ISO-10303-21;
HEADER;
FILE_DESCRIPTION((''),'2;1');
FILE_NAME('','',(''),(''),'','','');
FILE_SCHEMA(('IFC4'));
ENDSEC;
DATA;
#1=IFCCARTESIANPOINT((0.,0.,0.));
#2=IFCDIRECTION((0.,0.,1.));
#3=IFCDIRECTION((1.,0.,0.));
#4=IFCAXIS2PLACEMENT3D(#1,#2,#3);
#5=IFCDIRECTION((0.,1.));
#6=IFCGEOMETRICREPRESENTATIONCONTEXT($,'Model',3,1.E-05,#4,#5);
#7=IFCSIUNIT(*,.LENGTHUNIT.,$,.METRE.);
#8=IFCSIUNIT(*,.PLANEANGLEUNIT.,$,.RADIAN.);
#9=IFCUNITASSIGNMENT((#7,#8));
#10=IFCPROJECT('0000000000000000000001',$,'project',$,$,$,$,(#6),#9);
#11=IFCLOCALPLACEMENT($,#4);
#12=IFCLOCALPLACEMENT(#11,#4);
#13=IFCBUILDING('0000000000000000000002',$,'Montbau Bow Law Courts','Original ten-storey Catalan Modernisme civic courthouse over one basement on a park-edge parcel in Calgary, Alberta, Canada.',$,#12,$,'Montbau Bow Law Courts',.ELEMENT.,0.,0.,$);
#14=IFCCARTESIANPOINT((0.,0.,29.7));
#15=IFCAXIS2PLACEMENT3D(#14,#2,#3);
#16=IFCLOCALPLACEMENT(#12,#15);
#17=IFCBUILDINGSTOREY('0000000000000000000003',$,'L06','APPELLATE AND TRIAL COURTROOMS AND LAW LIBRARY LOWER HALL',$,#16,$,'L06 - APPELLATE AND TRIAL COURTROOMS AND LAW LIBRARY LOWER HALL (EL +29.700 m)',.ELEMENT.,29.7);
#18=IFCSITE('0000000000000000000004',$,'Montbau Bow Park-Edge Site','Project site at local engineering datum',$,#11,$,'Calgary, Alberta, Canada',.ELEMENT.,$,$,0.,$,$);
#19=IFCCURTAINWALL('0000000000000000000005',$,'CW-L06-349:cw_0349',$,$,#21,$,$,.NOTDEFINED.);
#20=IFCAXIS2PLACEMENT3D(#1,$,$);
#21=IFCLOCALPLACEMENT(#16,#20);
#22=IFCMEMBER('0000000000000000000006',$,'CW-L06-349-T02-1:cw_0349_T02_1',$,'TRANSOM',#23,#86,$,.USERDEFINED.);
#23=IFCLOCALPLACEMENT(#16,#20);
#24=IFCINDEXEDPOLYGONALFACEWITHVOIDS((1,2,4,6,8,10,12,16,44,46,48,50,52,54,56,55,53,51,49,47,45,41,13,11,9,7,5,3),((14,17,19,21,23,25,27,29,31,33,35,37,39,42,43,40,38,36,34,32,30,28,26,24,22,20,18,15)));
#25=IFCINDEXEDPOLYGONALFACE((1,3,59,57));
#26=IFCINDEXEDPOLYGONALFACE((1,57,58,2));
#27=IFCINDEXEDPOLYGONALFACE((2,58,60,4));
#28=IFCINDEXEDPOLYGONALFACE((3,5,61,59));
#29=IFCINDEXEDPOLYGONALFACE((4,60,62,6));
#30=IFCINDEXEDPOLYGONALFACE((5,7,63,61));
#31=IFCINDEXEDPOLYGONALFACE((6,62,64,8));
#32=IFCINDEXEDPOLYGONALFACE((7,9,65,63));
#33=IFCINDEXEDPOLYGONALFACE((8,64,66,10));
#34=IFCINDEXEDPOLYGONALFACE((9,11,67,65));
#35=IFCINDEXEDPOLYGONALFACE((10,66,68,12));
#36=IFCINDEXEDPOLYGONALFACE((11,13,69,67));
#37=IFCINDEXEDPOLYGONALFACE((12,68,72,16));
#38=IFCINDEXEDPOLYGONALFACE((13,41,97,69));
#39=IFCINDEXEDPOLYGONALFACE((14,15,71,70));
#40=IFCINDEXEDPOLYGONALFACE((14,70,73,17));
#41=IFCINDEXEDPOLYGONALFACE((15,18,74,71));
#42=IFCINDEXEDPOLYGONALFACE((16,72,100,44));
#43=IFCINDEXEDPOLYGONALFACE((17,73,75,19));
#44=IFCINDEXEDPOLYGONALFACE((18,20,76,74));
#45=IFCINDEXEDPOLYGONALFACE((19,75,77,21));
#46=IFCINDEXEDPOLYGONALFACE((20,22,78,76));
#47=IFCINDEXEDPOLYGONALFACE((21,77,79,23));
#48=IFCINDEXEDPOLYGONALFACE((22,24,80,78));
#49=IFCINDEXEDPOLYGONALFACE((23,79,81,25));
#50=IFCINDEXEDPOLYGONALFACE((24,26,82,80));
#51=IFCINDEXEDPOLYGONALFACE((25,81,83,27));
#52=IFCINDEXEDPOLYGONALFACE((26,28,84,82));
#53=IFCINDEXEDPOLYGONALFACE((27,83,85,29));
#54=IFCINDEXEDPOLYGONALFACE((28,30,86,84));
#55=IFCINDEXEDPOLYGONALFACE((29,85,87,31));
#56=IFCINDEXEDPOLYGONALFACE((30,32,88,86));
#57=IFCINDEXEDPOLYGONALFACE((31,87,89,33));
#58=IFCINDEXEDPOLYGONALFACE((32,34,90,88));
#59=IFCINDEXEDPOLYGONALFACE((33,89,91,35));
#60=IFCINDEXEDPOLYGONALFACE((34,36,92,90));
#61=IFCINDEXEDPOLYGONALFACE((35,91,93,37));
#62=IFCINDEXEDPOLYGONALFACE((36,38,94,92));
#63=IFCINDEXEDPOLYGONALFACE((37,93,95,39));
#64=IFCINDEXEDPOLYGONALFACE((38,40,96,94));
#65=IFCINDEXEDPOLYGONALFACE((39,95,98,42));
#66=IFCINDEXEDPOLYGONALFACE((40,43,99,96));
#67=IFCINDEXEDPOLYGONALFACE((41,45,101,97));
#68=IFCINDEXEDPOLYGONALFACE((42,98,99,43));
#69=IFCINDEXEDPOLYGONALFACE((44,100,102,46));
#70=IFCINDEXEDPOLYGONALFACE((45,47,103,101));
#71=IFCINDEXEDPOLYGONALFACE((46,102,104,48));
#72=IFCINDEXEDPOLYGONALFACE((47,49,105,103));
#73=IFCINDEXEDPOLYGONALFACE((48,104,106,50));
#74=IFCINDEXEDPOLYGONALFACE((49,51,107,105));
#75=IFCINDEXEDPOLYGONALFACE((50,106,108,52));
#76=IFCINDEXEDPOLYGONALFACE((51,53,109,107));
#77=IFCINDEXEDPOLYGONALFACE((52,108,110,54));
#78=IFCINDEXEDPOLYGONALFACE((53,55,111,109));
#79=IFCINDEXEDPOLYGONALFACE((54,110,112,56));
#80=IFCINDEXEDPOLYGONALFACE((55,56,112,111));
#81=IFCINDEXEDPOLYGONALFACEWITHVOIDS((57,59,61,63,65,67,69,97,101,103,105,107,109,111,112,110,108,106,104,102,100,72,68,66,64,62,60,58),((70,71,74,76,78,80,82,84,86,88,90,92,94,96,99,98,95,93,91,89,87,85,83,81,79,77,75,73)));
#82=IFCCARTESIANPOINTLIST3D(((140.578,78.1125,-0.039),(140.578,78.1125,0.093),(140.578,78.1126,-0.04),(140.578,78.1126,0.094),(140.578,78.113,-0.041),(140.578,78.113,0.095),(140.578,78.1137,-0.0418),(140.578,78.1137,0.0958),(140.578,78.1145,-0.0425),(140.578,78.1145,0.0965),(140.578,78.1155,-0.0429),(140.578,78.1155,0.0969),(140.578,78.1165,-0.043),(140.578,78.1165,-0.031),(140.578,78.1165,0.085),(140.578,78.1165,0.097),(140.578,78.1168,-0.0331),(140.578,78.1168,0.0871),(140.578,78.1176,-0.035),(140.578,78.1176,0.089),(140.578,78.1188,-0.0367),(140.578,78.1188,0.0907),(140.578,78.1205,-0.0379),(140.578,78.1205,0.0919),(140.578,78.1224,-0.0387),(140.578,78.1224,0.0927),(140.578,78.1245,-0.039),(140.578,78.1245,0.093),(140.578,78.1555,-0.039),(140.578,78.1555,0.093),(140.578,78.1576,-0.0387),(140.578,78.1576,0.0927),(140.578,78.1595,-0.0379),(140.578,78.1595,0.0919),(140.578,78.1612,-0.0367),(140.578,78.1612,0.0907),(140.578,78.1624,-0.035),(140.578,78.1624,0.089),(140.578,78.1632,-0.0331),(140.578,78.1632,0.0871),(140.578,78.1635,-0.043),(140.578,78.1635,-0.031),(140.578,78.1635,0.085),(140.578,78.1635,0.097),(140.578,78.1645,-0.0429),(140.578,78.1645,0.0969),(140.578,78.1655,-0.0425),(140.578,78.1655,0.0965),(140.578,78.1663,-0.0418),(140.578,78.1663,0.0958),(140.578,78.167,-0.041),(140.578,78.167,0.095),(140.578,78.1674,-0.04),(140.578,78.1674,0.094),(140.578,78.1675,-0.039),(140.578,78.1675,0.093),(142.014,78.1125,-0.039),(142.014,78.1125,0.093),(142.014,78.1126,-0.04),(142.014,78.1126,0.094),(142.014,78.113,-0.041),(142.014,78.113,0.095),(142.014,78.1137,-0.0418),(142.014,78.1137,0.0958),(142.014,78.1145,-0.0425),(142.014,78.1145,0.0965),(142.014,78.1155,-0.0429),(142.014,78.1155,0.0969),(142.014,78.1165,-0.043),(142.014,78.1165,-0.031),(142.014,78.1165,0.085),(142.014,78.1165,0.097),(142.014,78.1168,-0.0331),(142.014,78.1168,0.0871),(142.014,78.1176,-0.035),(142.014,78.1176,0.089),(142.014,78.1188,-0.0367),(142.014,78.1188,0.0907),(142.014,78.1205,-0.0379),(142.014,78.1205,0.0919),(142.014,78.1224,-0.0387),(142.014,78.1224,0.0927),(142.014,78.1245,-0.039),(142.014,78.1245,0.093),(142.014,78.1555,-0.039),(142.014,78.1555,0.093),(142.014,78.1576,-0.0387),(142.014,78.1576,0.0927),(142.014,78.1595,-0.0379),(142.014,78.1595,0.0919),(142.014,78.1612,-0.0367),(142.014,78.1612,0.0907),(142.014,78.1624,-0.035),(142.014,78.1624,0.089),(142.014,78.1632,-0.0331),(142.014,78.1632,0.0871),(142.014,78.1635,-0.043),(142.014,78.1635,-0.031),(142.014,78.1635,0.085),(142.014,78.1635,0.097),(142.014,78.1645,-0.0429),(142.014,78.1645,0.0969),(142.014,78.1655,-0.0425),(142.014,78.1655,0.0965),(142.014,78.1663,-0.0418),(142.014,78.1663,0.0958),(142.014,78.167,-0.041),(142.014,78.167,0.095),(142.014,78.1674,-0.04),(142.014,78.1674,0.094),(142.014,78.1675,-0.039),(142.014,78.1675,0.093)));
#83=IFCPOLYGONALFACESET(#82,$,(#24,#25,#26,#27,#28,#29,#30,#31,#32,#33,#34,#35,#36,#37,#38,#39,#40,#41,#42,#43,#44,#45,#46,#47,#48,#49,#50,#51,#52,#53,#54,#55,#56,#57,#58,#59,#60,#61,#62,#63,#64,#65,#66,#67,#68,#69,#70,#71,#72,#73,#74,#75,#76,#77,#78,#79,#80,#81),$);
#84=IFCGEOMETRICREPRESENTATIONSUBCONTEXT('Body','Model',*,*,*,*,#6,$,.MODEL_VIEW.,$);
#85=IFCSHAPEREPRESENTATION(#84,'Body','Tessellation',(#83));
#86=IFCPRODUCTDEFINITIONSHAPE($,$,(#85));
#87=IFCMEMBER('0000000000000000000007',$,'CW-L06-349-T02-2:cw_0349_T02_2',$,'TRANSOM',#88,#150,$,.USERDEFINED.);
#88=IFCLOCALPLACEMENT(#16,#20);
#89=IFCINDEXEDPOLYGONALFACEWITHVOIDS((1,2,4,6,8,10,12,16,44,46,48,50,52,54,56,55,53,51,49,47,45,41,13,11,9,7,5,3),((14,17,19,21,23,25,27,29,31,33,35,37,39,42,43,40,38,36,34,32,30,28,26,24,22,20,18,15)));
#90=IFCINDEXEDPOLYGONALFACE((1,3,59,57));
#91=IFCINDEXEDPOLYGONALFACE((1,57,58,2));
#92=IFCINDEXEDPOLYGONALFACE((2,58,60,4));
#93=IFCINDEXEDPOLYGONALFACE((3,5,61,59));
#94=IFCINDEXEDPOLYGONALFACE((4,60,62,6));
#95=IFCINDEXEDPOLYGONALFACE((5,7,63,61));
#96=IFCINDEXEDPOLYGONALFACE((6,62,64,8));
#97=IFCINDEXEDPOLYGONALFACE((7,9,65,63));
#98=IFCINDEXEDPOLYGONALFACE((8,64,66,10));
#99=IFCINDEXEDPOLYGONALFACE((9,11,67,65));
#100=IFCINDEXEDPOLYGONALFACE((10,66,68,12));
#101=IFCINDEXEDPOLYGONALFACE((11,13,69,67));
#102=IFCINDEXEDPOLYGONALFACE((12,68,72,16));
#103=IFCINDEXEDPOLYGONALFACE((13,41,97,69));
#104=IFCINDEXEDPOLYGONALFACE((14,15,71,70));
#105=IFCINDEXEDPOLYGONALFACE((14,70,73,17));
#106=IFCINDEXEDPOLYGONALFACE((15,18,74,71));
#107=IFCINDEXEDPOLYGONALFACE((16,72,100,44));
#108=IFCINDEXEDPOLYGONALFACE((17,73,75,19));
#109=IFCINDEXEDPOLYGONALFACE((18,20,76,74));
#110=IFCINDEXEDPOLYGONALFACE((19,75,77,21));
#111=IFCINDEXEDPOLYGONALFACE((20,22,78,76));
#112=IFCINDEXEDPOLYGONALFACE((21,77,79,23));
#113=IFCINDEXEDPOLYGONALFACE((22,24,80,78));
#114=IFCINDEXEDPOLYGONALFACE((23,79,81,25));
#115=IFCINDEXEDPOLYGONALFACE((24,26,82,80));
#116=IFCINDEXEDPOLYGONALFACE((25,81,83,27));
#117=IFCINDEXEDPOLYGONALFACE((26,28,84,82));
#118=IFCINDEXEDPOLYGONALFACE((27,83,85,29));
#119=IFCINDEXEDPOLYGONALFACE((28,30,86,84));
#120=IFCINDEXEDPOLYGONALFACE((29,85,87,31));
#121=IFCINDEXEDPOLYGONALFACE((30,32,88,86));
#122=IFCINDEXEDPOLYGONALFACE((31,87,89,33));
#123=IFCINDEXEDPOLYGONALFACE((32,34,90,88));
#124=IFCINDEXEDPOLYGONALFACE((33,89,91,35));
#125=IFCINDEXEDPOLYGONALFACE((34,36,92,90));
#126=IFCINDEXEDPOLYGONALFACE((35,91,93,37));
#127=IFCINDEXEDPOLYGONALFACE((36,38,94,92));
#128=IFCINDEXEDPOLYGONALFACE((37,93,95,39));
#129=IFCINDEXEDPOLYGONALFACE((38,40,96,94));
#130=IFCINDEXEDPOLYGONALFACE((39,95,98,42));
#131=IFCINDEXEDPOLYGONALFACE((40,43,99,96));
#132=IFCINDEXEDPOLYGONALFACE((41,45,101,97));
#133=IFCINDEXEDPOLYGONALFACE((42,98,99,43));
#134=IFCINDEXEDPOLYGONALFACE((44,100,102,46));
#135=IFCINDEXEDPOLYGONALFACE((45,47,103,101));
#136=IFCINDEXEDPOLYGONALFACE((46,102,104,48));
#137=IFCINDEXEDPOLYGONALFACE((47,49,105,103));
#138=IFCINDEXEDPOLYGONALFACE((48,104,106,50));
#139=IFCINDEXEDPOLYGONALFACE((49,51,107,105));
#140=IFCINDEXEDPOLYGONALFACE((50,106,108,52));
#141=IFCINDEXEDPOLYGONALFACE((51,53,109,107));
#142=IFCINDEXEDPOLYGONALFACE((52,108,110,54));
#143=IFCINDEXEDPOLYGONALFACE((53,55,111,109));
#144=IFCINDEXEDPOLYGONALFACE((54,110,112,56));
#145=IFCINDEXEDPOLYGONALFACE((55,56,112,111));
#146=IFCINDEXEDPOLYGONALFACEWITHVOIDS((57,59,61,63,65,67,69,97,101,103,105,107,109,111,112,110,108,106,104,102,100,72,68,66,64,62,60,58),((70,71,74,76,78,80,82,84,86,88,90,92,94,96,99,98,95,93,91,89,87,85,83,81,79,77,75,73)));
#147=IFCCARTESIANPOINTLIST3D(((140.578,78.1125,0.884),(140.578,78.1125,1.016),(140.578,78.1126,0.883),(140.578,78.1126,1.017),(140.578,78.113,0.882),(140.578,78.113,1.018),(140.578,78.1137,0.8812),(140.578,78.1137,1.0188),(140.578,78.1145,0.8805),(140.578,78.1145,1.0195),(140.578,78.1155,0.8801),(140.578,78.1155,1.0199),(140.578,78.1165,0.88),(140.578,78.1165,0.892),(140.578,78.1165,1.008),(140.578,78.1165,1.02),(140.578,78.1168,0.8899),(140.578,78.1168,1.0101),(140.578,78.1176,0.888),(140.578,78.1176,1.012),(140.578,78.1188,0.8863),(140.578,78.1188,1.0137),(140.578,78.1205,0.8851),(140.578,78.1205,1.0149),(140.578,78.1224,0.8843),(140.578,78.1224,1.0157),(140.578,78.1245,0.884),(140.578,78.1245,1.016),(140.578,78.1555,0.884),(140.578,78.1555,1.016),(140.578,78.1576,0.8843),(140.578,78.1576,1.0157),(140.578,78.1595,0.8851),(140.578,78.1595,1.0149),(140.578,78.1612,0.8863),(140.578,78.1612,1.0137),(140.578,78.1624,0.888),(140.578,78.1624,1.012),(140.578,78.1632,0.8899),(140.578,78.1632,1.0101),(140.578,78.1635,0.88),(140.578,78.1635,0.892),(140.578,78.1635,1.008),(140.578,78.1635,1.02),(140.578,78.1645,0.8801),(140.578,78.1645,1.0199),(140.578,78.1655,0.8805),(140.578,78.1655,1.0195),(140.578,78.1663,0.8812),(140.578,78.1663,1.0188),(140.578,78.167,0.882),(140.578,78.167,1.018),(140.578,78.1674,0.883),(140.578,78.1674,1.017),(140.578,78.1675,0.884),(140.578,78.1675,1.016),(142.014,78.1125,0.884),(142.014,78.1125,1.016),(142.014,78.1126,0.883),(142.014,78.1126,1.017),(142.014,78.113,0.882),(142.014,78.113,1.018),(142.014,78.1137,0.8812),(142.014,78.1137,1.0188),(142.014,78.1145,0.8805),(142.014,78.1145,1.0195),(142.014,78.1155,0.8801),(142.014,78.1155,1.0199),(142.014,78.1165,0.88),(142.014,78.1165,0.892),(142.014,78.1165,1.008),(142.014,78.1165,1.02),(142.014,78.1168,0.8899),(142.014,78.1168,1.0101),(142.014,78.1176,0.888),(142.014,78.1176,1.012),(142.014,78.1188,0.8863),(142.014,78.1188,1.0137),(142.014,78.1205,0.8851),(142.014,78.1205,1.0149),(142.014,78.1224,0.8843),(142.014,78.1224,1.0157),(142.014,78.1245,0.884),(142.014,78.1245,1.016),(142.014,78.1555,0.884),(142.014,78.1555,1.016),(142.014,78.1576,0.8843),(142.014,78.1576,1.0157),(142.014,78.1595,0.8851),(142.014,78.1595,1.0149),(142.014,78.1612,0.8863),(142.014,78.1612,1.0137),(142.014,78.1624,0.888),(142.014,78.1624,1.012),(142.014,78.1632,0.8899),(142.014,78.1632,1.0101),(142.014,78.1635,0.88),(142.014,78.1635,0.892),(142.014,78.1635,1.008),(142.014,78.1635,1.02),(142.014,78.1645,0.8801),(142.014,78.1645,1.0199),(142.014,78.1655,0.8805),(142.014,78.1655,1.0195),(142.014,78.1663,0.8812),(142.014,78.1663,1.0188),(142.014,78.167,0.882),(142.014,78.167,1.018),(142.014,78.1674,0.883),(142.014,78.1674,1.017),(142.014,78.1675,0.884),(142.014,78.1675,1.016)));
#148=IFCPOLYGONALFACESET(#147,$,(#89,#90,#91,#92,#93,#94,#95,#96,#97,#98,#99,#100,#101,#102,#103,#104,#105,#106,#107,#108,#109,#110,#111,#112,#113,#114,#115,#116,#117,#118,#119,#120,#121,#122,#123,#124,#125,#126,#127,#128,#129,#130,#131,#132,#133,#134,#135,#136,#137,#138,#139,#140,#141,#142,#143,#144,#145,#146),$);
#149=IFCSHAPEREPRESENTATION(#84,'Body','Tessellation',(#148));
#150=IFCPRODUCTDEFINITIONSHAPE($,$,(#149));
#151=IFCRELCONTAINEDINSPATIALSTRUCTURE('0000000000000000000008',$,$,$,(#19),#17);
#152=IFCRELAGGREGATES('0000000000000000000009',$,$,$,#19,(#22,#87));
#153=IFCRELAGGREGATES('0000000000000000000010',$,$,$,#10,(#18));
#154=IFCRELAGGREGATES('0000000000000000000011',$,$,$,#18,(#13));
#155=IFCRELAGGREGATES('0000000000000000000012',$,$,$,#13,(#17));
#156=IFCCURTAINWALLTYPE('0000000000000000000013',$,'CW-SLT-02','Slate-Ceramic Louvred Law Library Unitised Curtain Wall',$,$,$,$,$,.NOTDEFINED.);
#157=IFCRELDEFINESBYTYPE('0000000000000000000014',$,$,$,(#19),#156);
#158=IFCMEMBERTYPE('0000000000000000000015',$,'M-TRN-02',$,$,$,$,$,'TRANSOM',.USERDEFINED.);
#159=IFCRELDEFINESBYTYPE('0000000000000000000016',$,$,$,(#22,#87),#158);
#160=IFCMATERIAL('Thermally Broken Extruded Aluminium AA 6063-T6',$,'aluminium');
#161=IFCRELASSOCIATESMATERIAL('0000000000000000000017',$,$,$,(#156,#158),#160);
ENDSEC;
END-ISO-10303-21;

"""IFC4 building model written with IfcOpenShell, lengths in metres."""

from ifc_helpers import new_model, si_unit, direction, frame, origin_with_axes, origin_2d_with_axis, place, context, subcontext, project, spatial, hollow_rectangle, extrude, material, material_profile, profile_set, type_object, element, aggregate, save


model = new_model("IFC4")

# Units and contexts
model_context = context("Model", 3, precision=1e-05, world=origin_with_axes(), true_north=direction((0.0, 1.0)))
body_context = subcontext(model_context, "Body", "Model", "MODEL_VIEW")
ifc_project = project(units=[si_unit("LENGTHUNIT", "METRE"), si_unit("PLANEANGLEUNIT", "RADIAN")], contexts=[model_context])

# Site, building, storey
site_placement = place(None, origin_with_axes())
site = spatial("IfcSite", under=ifc_project, at=site_placement, Name="Montbau Bow Park-Edge Site", Description="Project site at local engineering datum", LongName="Calgary, Alberta, Canada", CompositionType="ELEMENT", RefElevation=0.0)
building_placement = place(site_placement, origin_with_axes())
building = spatial("IfcBuilding", under=site, at=building_placement, Name="Montbau Bow Law Courts", Description="Original ten-storey Catalan Modernisme civic courthouse over one basement on a park-edge parcel in Calgary, Alberta, Canada.", LongName="Montbau Bow Law Courts", CompositionType="ELEMENT", ElevationOfRefHeight=0.0, ElevationOfTerrain=0.0)
storey_placement = place(building_placement, frame((0.0, 0.0, 29.7), z_axis=(0.0, 0.0, 1.0), x_axis=(1.0, 0.0, 0.0)))
storey = spatial("IfcBuildingStorey", under=building, at=storey_placement, Name="L06", Description="APPELLATE AND TRIAL COURTROOMS AND LAW LIBRARY LOWER HALL", LongName="L06 - APPELLATE AND TRIAL COURTROOMS AND LAW LIBRARY LOWER HALL (EL +29.700 m)", CompositionType="ELEMENT", Elevation=29.7)

# Curtain wall, members
ifc_material_1 = material(Name="Thermally Broken Extruded Aluminium AA 6063-T6", Category="aluminium")
curtain_wall_type = type_object("IfcCurtainWallType", Name="CW-SLT-02", Description="Slate-Ceramic Louvred Law Library Unitised Curtain Wall", PredefinedType="NOTDEFINED", material=ifc_material_1)
curtain_wall_placement = place(None, frame((139.04, 78.14, 29.7), z_axis=(0.0, 0.0, 1.0), x_axis=(1.0, 0.0, 0.0)))
curtain_wall = element("IfcCurtainWall", 1, at=curtain_wall_placement, inside=storey, type_object=curtain_wall_type, Name="CW-L06-349:cw_0349", PredefinedType="NOTDEFINED")
ifc_material_profile_1 = material_profile(ifc_material_1, hollow_rectangle(XDim=0.055, YDim=0.14, WallThickness=0.004, InnerFilletRadius=0.008, OuterFilletRadius=0.004, at=origin_2d_with_axis()), Name="CWT-140X55", Category="Main", Priority=0)
ifc_profile_set_1 = profile_set([ifc_material_profile_1], Name="Thermally Broken Extruded Aluminium AA 6063-T6")
member_type_1 = type_object("IfcMemberType", Name="M-TRN-02", ElementType="TRANSOM", PredefinedType="USERDEFINED", material=ifc_profile_set_1)
member_1_placement = place(None, frame((140.578, 78.14, 29.727), z_axis=(1.0, 0.0, 0.0), x_axis=(0.0, 1.0, 0.0)))
member_1 = element("IfcMember", 2, at=member_1_placement, type_object=member_type_1, Name="CW-L06-349-T02-1:cw_0349_T02_1", ObjectType="TRANSOM", PredefinedType="USERDEFINED", context=body_context, shape_type="SweptSolid", body=[
    extrude(hollow_rectangle(XDim=0.055, YDim=0.14, WallThickness=0.004, InnerFilletRadius=0.008, OuterFilletRadius=0.004, at=origin_2d_with_axis()), origin_with_axes(), (0.0, 0.0, 1.0), 1.436),
])
member_2_placement = place(None, frame((140.578, 78.14, 30.65), z_axis=(1.0, 0.0, 0.0), x_axis=(0.0, 1.0, 0.0)))
member_2 = element("IfcMember", 3, at=member_2_placement, type_object=member_type_1, Name="CW-L06-349-T02-2:cw_0349_T02_2", ObjectType="TRANSOM", PredefinedType="USERDEFINED", context=body_context, shape_type="SweptSolid", body=[
    extrude(hollow_rectangle(XDim=0.055, YDim=0.14, WallThickness=0.004, InnerFilletRadius=0.008, OuterFilletRadius=0.004, at=origin_2d_with_axis()), origin_with_axes(), (0.0, 0.0, 1.0), 1.436),
])
aggregate(curtain_wall, [member_1, member_2])

save(model, "model.ifc")
